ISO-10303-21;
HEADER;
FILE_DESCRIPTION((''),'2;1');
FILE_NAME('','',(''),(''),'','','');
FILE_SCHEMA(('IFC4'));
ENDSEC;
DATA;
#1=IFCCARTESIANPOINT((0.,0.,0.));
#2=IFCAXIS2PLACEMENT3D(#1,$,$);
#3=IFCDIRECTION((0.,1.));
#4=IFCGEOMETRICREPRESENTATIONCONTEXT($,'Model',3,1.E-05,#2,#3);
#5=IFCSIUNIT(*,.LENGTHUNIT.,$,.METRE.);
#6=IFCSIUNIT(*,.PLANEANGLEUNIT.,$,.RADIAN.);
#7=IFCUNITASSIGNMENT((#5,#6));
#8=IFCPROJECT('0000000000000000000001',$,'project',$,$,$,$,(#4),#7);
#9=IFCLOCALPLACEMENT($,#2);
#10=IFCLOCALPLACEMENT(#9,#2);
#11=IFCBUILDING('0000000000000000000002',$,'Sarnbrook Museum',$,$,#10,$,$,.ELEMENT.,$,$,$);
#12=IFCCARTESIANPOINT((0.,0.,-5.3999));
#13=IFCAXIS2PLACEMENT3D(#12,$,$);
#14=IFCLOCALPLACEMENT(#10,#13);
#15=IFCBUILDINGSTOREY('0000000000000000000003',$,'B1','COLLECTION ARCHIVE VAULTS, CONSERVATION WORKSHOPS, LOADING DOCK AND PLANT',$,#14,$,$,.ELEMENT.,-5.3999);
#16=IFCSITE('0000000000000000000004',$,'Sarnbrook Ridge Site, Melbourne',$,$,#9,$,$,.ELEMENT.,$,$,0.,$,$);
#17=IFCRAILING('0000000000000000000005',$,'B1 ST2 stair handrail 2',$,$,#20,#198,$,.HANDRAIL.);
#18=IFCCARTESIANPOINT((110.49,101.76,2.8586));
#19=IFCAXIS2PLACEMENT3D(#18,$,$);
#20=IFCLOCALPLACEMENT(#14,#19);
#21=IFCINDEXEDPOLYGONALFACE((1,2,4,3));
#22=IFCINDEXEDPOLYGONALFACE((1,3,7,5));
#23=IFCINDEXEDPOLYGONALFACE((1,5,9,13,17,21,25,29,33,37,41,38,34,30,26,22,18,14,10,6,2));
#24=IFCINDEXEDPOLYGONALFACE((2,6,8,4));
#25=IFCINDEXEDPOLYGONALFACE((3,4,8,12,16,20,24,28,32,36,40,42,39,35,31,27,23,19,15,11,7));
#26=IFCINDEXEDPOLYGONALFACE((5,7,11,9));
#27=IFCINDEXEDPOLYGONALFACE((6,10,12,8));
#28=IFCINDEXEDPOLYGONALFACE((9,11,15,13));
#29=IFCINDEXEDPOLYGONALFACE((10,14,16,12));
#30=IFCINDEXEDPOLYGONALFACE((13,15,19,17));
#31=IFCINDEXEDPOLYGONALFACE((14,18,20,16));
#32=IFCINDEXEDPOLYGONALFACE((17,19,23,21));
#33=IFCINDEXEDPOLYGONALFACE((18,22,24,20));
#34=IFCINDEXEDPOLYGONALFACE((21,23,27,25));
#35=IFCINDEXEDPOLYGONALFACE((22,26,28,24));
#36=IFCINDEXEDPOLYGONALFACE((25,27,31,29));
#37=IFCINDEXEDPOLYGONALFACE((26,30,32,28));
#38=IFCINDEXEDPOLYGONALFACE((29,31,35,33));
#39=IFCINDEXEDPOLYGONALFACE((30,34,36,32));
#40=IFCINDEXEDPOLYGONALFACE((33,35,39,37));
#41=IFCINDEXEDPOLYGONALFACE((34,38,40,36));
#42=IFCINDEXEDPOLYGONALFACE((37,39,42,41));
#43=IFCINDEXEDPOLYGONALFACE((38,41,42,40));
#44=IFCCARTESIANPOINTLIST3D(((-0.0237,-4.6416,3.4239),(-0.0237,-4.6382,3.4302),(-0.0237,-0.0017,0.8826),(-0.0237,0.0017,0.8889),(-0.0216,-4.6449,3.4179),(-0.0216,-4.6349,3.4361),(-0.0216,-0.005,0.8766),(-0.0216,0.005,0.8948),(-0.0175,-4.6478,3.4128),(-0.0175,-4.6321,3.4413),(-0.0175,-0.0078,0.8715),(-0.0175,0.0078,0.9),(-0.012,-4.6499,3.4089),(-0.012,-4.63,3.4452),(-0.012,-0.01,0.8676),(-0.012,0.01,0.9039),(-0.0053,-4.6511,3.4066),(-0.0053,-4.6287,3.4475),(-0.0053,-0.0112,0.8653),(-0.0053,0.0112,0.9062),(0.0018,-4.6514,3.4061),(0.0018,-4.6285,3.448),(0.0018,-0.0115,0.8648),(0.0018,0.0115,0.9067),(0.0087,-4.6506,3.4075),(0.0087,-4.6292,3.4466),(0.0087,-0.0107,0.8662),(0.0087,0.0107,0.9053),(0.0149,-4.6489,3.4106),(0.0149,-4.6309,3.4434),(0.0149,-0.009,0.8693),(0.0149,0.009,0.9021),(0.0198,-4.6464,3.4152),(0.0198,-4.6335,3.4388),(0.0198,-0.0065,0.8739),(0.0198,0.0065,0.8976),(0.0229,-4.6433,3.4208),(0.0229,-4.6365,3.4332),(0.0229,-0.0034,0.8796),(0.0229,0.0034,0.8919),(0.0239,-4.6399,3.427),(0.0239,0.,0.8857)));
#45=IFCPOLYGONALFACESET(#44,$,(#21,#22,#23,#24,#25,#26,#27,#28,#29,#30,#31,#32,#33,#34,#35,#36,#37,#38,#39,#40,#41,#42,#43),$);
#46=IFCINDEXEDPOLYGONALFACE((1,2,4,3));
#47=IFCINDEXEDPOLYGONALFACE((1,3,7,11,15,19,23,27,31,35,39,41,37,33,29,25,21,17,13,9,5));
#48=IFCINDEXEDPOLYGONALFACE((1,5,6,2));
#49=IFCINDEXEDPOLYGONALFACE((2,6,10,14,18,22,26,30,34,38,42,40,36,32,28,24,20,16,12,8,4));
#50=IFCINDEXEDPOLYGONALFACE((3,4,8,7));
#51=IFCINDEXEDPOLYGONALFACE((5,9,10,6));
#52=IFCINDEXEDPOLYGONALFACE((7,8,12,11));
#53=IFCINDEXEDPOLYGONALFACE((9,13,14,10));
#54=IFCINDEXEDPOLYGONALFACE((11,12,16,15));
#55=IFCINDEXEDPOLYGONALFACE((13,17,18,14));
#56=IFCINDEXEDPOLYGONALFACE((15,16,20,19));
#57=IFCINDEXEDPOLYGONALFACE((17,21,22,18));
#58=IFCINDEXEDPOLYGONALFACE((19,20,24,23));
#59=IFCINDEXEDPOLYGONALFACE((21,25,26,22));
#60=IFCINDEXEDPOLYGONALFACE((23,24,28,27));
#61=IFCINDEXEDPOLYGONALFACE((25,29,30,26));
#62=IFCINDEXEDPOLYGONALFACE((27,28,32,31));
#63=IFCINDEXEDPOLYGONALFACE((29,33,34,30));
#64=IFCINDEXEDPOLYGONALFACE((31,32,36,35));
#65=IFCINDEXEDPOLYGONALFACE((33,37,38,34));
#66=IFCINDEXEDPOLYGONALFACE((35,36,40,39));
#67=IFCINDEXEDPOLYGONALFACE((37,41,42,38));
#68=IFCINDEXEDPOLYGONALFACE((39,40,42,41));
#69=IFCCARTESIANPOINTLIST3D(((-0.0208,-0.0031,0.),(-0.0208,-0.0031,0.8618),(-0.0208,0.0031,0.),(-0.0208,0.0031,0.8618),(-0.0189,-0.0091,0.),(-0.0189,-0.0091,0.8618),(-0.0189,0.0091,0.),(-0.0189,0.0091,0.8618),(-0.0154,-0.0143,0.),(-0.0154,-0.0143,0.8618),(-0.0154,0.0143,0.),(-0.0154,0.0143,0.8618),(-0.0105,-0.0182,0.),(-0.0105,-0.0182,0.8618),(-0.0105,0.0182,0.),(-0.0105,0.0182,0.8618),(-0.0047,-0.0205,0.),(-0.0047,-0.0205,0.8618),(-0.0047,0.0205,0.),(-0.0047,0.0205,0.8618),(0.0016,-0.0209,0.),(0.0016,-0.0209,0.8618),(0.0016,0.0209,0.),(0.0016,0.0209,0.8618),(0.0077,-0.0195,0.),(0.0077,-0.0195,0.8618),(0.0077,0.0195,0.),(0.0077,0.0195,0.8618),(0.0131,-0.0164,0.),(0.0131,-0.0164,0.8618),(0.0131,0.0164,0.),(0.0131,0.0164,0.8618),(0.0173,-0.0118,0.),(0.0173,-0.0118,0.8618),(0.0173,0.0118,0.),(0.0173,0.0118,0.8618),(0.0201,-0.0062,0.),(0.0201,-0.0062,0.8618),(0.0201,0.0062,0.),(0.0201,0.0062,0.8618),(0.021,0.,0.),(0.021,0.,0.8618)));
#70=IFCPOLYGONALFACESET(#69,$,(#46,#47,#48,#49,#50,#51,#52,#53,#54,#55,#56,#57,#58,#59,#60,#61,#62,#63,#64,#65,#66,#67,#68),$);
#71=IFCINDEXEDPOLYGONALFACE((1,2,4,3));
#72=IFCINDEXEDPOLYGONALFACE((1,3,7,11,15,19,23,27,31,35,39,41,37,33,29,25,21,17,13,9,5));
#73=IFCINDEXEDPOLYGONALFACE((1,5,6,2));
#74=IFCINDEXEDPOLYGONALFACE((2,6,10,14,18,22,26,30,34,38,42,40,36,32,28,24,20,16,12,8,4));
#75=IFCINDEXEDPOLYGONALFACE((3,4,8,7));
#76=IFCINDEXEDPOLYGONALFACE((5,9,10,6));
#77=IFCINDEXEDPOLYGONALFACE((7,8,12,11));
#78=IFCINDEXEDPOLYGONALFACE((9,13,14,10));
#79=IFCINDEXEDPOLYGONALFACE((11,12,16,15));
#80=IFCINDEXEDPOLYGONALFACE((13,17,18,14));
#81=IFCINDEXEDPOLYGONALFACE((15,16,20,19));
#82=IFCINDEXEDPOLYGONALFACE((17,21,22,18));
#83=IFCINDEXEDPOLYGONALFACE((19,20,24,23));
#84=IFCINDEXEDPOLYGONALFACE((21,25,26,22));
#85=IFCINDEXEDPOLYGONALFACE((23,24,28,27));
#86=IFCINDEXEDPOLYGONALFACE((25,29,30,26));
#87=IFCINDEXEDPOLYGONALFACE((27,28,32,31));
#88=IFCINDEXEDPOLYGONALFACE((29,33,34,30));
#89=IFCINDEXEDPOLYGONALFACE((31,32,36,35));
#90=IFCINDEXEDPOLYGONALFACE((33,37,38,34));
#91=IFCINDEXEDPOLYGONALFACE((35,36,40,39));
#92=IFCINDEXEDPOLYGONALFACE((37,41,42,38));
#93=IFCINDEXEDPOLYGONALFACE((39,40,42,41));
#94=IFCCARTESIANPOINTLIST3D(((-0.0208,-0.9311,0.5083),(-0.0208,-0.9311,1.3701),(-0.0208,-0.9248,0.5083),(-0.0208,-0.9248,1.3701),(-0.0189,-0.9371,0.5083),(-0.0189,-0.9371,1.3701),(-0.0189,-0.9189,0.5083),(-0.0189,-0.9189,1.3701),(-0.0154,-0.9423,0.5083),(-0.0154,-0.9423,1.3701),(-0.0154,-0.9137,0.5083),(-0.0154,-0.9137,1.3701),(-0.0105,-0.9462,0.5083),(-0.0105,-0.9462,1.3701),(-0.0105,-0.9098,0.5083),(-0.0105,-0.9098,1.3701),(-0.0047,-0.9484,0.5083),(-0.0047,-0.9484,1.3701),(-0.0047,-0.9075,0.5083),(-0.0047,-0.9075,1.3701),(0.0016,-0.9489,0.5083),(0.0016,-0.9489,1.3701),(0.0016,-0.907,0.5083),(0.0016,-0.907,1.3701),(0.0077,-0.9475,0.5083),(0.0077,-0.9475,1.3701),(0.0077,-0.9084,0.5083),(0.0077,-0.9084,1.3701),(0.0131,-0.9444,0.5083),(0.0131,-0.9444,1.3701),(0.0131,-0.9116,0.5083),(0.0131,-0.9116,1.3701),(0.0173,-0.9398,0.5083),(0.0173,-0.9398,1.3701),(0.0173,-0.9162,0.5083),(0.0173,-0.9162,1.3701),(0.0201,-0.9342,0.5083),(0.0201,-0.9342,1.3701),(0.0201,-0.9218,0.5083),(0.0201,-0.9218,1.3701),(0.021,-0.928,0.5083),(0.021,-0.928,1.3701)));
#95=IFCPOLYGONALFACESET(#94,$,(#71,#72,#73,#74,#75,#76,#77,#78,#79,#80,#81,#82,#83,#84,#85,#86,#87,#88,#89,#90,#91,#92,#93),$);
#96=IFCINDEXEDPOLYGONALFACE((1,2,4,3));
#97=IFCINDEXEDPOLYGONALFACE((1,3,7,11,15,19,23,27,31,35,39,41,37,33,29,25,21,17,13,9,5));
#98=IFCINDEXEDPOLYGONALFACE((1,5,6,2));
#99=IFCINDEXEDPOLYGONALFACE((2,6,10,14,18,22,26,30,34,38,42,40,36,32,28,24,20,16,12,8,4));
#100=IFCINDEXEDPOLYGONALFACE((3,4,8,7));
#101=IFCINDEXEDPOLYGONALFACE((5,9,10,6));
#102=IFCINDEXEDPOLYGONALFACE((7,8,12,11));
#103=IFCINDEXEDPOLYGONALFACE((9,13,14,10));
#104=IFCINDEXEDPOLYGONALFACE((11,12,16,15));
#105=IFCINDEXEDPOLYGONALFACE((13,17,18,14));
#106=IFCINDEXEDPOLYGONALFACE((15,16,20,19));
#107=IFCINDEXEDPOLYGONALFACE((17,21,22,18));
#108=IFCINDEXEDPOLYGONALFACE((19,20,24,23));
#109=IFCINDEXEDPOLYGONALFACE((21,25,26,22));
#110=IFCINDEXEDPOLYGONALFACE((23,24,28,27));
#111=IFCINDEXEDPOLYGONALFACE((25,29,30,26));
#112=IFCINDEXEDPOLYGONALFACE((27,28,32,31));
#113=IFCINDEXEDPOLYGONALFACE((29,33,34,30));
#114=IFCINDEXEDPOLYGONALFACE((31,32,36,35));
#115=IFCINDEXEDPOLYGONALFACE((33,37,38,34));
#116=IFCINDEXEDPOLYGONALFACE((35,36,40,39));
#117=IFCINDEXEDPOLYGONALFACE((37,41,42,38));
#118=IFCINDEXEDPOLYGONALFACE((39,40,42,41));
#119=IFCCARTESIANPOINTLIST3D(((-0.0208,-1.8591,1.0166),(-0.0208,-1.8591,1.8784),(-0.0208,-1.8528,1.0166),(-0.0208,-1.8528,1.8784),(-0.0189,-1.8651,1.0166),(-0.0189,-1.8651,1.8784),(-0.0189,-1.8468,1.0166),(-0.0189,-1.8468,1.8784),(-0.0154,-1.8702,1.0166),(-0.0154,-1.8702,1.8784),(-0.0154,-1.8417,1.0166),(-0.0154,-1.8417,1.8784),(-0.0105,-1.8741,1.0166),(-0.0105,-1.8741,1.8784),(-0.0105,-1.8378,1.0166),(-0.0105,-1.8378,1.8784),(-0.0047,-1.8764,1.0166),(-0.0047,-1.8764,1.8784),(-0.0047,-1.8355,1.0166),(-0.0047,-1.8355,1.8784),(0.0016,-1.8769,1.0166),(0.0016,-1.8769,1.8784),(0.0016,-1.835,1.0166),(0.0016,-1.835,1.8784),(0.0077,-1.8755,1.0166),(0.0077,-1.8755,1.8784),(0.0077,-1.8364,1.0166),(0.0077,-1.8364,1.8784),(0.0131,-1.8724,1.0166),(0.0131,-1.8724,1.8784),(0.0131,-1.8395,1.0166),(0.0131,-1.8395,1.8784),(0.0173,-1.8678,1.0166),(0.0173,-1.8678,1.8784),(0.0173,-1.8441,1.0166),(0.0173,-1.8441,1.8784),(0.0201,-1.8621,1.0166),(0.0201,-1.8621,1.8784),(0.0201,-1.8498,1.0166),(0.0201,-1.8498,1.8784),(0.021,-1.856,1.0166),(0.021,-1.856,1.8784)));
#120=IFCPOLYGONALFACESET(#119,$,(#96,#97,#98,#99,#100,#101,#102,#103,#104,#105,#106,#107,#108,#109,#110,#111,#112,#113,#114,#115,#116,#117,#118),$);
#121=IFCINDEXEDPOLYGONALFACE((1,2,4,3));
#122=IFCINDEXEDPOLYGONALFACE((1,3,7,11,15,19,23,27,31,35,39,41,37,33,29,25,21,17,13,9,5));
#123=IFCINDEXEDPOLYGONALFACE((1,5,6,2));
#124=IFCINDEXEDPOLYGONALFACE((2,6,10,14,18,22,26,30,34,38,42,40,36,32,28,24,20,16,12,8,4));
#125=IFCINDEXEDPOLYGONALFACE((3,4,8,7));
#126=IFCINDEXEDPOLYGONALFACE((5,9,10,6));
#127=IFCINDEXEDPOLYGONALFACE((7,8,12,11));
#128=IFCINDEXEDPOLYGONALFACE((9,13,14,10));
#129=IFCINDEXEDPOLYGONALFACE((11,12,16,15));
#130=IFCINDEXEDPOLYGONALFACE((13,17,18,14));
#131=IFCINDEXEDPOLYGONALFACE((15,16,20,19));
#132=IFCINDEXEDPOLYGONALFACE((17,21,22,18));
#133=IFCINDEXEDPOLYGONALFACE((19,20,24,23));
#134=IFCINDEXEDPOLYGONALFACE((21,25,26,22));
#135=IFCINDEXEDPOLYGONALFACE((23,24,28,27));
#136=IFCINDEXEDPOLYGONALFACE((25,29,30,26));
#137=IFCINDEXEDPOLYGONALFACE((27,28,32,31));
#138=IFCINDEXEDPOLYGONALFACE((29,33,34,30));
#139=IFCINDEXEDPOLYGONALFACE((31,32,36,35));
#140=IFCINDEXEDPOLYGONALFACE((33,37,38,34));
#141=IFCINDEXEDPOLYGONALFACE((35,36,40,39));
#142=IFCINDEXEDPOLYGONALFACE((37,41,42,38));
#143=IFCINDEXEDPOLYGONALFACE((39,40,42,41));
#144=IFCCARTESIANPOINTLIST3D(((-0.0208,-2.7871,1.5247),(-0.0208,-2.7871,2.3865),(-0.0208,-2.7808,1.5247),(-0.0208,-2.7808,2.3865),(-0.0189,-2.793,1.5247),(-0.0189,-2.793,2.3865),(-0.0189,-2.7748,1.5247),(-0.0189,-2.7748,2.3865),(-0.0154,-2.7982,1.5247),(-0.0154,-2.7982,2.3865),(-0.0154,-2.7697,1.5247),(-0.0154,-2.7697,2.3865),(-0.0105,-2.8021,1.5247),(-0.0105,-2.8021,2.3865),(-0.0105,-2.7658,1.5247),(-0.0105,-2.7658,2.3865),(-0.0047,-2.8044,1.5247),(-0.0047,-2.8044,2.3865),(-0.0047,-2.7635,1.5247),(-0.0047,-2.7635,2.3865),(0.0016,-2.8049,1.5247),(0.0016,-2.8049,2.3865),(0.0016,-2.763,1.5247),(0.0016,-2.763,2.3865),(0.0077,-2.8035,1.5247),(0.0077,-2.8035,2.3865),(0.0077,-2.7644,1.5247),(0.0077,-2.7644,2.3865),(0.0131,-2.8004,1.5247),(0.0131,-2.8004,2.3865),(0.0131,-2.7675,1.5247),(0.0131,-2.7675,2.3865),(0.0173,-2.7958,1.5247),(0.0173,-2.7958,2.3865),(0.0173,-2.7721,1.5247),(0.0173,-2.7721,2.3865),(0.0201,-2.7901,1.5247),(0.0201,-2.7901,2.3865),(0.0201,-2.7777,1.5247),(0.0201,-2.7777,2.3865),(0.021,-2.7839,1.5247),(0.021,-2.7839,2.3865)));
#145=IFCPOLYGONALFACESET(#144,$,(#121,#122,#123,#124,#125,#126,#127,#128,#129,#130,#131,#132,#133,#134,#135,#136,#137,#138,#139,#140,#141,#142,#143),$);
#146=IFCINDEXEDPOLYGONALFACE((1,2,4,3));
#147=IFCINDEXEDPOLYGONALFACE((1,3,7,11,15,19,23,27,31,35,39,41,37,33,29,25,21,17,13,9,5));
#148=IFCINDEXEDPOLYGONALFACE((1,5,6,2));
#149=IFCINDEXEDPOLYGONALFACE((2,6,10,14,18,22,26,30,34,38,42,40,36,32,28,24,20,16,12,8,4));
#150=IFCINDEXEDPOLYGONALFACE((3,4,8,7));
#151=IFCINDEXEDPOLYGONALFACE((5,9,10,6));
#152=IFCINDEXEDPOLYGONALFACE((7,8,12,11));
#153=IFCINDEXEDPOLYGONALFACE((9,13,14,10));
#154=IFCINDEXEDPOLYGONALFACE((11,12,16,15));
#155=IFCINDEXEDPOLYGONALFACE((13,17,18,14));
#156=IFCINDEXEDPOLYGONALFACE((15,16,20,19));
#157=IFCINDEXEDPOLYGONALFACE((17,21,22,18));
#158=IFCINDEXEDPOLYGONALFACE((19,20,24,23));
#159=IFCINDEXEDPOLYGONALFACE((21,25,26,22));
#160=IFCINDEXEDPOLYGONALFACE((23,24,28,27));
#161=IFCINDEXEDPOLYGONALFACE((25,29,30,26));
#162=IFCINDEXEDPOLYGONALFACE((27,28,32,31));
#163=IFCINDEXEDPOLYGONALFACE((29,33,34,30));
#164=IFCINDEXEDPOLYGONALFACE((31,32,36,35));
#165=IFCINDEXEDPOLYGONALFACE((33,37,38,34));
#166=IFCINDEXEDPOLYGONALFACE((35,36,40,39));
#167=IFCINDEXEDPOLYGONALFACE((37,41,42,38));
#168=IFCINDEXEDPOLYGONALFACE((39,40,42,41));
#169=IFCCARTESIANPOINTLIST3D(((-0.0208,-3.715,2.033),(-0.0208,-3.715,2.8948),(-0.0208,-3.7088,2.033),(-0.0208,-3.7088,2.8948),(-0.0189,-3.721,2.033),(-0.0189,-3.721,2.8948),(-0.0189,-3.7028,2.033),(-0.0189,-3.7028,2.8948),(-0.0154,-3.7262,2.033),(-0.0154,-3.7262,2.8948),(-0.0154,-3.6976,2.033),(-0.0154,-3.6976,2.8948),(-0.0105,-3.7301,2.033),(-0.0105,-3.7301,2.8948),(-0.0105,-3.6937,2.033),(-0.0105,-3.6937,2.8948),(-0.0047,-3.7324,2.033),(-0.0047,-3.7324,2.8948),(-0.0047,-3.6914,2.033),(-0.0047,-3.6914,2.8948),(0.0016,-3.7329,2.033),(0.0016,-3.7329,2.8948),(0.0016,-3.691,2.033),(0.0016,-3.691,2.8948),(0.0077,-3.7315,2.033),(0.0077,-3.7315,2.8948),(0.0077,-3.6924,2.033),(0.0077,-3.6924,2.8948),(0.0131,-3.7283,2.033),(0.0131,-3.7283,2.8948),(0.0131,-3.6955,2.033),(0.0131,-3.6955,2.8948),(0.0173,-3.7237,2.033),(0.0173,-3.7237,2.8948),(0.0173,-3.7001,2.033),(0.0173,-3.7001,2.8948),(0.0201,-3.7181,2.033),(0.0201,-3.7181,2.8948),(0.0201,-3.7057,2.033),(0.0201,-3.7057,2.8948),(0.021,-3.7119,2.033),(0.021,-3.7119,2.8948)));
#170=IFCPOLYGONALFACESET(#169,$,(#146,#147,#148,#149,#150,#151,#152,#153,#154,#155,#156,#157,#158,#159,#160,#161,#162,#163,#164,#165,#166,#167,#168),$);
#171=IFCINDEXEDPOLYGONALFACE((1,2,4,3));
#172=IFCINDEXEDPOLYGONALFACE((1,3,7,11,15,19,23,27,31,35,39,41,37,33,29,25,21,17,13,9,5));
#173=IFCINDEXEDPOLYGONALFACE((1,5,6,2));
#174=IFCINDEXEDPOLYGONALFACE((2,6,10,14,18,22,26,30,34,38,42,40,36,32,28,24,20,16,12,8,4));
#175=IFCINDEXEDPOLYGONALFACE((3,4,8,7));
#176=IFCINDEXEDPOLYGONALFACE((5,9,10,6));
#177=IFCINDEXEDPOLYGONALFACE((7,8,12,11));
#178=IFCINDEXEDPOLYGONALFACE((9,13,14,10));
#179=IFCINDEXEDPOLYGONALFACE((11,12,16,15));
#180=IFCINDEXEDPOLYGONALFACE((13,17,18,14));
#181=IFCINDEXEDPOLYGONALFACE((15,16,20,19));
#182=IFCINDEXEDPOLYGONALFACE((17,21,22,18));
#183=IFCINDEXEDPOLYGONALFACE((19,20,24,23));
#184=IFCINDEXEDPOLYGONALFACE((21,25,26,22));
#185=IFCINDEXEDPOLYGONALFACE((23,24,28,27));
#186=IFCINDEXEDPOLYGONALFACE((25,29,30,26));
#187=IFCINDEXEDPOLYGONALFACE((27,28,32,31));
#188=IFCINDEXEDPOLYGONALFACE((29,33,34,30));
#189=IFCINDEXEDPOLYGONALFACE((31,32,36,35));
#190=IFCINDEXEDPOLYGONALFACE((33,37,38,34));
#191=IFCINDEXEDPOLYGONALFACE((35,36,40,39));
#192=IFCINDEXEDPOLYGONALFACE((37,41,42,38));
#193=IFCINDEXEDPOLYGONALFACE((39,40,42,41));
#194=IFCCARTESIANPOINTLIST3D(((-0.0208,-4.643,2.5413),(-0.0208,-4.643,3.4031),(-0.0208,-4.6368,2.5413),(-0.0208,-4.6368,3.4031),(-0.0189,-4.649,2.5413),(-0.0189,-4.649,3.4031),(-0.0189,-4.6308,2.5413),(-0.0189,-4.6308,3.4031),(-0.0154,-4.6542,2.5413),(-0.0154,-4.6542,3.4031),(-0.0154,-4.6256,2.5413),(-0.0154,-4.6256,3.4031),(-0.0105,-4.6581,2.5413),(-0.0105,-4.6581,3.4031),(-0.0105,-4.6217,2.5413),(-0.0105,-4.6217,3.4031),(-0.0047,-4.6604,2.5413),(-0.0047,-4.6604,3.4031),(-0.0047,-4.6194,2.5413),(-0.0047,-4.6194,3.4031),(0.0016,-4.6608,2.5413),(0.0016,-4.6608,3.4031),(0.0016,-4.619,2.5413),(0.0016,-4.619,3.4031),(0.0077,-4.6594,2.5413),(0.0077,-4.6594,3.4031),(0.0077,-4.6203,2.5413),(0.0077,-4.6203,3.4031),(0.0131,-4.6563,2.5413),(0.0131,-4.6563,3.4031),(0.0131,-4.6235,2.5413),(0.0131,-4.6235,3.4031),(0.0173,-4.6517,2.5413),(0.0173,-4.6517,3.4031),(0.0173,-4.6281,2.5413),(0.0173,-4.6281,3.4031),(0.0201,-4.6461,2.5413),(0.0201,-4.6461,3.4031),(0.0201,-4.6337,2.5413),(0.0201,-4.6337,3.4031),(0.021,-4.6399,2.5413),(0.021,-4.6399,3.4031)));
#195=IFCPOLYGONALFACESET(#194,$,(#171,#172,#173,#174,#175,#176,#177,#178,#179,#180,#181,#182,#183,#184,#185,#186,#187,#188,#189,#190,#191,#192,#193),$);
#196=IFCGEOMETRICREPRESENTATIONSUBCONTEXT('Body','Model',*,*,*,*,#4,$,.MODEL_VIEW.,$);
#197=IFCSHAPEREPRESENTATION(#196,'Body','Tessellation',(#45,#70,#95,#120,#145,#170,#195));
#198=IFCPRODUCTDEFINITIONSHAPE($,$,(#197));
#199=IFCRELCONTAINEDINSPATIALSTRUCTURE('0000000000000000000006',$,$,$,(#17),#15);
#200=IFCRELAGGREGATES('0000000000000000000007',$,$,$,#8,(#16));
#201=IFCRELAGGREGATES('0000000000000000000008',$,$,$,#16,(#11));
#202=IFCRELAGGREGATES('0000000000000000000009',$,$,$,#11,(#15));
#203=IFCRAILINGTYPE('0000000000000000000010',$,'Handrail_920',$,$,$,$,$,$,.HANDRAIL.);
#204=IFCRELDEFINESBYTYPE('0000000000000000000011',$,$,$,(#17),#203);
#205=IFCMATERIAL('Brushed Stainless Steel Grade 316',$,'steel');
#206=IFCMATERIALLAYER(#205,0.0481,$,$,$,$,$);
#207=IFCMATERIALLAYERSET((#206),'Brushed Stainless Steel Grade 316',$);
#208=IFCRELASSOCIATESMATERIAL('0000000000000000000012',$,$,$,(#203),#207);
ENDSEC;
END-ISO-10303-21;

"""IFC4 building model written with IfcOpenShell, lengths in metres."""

from ifc_helpers import new_model, si_unit, direction, frame, origin, origin_2d, place, context, subcontext, project, spatial, circle, extrude, material, layer, layer_set, type_object, element, save


model = new_model("IFC4")

# Units and contexts
model_context = context("Model", 3, precision=1e-05, world=origin(), true_north=direction((0.0, 1.0)))
body_context = subcontext(model_context, "Body", "Model", "MODEL_VIEW")
ifc_project = project(units=[si_unit("LENGTHUNIT", "METRE"), si_unit("PLANEANGLEUNIT", "RADIAN")], contexts=[model_context])

# Site, building, storey
site_placement = place(None, origin())
site = spatial("IfcSite", under=ifc_project, at=site_placement, Name="Sarnbrook Ridge Site, Melbourne", CompositionType="ELEMENT", RefElevation=0.0)
building_placement = place(site_placement, origin())
building = spatial("IfcBuilding", under=site, at=building_placement, Name="Sarnbrook Museum", CompositionType="ELEMENT")
storey_placement = place(building_placement, frame((0.0, 0.0, -5.3999)))
storey = spatial("IfcBuildingStorey", under=building, at=storey_placement, Name="B1", Description="COLLECTION ARCHIVE VAULTS, CONSERVATION WORKSHOPS, LOADING DOCK AND PLANT", CompositionType="ELEMENT", Elevation=-5.3999)

# Railing
ifc_material_1 = material(Name="Brushed Stainless Steel Grade 316", Category="steel")
ifc_layer_1 = layer(ifc_material_1, 0.0481)
ifc_layer_set_1 = layer_set([ifc_layer_1], Name="Brushed Stainless Steel Grade 316")
railing_type_1 = type_object("IfcRailingType", Name="Handrail_920", PredefinedType="HANDRAIL", material=ifc_layer_set_1)
railing_1_placement = place(storey_placement, frame((110.49, 101.76, 2.8586)))
element("IfcRailing", 1, at=railing_1_placement, inside=storey, type_object=railing_type_1, Name="B1 ST2 stair handrail 2", PredefinedType="HANDRAIL", context=body_context, shape_type="SweptSolid", body=[
    extrude(circle(Radius=0.0239, at=origin_2d()), frame((0.0, 0.0, 0.8857), z_axis=(0.0, -0.877067, 0.480368), x_axis=(1.0, 0.0, 0.0)), (0.0, 0.0, 1.0), 5.2903),
    extrude(circle(Radius=0.021, at=origin_2d()), origin(), (0.0, 0.0, 1.0), 0.8618),
    extrude(circle(Radius=0.021, at=origin_2d()), frame((0.0, -0.928, 0.5083)), (0.0, 0.0, 1.0), 0.8618),
    extrude(circle(Radius=0.021, at=origin_2d()), frame((0.0, -1.856, 1.0166)), (0.0, 0.0, 1.0), 0.8618),
    extrude(circle(Radius=0.021, at=origin_2d()), frame((0.0, -2.7839, 1.5247)), (0.0, 0.0, 1.0), 0.8618),
    extrude(circle(Radius=0.021, at=origin_2d()), frame((0.0, -3.7119, 2.033)), (0.0, 0.0, 1.0), 0.8618),
    extrude(circle(Radius=0.021, at=origin_2d()), frame((0.0, -4.6399, 2.5413)), (0.0, 0.0, 1.0), 0.8618),
])

save(model, "model.ifc")
